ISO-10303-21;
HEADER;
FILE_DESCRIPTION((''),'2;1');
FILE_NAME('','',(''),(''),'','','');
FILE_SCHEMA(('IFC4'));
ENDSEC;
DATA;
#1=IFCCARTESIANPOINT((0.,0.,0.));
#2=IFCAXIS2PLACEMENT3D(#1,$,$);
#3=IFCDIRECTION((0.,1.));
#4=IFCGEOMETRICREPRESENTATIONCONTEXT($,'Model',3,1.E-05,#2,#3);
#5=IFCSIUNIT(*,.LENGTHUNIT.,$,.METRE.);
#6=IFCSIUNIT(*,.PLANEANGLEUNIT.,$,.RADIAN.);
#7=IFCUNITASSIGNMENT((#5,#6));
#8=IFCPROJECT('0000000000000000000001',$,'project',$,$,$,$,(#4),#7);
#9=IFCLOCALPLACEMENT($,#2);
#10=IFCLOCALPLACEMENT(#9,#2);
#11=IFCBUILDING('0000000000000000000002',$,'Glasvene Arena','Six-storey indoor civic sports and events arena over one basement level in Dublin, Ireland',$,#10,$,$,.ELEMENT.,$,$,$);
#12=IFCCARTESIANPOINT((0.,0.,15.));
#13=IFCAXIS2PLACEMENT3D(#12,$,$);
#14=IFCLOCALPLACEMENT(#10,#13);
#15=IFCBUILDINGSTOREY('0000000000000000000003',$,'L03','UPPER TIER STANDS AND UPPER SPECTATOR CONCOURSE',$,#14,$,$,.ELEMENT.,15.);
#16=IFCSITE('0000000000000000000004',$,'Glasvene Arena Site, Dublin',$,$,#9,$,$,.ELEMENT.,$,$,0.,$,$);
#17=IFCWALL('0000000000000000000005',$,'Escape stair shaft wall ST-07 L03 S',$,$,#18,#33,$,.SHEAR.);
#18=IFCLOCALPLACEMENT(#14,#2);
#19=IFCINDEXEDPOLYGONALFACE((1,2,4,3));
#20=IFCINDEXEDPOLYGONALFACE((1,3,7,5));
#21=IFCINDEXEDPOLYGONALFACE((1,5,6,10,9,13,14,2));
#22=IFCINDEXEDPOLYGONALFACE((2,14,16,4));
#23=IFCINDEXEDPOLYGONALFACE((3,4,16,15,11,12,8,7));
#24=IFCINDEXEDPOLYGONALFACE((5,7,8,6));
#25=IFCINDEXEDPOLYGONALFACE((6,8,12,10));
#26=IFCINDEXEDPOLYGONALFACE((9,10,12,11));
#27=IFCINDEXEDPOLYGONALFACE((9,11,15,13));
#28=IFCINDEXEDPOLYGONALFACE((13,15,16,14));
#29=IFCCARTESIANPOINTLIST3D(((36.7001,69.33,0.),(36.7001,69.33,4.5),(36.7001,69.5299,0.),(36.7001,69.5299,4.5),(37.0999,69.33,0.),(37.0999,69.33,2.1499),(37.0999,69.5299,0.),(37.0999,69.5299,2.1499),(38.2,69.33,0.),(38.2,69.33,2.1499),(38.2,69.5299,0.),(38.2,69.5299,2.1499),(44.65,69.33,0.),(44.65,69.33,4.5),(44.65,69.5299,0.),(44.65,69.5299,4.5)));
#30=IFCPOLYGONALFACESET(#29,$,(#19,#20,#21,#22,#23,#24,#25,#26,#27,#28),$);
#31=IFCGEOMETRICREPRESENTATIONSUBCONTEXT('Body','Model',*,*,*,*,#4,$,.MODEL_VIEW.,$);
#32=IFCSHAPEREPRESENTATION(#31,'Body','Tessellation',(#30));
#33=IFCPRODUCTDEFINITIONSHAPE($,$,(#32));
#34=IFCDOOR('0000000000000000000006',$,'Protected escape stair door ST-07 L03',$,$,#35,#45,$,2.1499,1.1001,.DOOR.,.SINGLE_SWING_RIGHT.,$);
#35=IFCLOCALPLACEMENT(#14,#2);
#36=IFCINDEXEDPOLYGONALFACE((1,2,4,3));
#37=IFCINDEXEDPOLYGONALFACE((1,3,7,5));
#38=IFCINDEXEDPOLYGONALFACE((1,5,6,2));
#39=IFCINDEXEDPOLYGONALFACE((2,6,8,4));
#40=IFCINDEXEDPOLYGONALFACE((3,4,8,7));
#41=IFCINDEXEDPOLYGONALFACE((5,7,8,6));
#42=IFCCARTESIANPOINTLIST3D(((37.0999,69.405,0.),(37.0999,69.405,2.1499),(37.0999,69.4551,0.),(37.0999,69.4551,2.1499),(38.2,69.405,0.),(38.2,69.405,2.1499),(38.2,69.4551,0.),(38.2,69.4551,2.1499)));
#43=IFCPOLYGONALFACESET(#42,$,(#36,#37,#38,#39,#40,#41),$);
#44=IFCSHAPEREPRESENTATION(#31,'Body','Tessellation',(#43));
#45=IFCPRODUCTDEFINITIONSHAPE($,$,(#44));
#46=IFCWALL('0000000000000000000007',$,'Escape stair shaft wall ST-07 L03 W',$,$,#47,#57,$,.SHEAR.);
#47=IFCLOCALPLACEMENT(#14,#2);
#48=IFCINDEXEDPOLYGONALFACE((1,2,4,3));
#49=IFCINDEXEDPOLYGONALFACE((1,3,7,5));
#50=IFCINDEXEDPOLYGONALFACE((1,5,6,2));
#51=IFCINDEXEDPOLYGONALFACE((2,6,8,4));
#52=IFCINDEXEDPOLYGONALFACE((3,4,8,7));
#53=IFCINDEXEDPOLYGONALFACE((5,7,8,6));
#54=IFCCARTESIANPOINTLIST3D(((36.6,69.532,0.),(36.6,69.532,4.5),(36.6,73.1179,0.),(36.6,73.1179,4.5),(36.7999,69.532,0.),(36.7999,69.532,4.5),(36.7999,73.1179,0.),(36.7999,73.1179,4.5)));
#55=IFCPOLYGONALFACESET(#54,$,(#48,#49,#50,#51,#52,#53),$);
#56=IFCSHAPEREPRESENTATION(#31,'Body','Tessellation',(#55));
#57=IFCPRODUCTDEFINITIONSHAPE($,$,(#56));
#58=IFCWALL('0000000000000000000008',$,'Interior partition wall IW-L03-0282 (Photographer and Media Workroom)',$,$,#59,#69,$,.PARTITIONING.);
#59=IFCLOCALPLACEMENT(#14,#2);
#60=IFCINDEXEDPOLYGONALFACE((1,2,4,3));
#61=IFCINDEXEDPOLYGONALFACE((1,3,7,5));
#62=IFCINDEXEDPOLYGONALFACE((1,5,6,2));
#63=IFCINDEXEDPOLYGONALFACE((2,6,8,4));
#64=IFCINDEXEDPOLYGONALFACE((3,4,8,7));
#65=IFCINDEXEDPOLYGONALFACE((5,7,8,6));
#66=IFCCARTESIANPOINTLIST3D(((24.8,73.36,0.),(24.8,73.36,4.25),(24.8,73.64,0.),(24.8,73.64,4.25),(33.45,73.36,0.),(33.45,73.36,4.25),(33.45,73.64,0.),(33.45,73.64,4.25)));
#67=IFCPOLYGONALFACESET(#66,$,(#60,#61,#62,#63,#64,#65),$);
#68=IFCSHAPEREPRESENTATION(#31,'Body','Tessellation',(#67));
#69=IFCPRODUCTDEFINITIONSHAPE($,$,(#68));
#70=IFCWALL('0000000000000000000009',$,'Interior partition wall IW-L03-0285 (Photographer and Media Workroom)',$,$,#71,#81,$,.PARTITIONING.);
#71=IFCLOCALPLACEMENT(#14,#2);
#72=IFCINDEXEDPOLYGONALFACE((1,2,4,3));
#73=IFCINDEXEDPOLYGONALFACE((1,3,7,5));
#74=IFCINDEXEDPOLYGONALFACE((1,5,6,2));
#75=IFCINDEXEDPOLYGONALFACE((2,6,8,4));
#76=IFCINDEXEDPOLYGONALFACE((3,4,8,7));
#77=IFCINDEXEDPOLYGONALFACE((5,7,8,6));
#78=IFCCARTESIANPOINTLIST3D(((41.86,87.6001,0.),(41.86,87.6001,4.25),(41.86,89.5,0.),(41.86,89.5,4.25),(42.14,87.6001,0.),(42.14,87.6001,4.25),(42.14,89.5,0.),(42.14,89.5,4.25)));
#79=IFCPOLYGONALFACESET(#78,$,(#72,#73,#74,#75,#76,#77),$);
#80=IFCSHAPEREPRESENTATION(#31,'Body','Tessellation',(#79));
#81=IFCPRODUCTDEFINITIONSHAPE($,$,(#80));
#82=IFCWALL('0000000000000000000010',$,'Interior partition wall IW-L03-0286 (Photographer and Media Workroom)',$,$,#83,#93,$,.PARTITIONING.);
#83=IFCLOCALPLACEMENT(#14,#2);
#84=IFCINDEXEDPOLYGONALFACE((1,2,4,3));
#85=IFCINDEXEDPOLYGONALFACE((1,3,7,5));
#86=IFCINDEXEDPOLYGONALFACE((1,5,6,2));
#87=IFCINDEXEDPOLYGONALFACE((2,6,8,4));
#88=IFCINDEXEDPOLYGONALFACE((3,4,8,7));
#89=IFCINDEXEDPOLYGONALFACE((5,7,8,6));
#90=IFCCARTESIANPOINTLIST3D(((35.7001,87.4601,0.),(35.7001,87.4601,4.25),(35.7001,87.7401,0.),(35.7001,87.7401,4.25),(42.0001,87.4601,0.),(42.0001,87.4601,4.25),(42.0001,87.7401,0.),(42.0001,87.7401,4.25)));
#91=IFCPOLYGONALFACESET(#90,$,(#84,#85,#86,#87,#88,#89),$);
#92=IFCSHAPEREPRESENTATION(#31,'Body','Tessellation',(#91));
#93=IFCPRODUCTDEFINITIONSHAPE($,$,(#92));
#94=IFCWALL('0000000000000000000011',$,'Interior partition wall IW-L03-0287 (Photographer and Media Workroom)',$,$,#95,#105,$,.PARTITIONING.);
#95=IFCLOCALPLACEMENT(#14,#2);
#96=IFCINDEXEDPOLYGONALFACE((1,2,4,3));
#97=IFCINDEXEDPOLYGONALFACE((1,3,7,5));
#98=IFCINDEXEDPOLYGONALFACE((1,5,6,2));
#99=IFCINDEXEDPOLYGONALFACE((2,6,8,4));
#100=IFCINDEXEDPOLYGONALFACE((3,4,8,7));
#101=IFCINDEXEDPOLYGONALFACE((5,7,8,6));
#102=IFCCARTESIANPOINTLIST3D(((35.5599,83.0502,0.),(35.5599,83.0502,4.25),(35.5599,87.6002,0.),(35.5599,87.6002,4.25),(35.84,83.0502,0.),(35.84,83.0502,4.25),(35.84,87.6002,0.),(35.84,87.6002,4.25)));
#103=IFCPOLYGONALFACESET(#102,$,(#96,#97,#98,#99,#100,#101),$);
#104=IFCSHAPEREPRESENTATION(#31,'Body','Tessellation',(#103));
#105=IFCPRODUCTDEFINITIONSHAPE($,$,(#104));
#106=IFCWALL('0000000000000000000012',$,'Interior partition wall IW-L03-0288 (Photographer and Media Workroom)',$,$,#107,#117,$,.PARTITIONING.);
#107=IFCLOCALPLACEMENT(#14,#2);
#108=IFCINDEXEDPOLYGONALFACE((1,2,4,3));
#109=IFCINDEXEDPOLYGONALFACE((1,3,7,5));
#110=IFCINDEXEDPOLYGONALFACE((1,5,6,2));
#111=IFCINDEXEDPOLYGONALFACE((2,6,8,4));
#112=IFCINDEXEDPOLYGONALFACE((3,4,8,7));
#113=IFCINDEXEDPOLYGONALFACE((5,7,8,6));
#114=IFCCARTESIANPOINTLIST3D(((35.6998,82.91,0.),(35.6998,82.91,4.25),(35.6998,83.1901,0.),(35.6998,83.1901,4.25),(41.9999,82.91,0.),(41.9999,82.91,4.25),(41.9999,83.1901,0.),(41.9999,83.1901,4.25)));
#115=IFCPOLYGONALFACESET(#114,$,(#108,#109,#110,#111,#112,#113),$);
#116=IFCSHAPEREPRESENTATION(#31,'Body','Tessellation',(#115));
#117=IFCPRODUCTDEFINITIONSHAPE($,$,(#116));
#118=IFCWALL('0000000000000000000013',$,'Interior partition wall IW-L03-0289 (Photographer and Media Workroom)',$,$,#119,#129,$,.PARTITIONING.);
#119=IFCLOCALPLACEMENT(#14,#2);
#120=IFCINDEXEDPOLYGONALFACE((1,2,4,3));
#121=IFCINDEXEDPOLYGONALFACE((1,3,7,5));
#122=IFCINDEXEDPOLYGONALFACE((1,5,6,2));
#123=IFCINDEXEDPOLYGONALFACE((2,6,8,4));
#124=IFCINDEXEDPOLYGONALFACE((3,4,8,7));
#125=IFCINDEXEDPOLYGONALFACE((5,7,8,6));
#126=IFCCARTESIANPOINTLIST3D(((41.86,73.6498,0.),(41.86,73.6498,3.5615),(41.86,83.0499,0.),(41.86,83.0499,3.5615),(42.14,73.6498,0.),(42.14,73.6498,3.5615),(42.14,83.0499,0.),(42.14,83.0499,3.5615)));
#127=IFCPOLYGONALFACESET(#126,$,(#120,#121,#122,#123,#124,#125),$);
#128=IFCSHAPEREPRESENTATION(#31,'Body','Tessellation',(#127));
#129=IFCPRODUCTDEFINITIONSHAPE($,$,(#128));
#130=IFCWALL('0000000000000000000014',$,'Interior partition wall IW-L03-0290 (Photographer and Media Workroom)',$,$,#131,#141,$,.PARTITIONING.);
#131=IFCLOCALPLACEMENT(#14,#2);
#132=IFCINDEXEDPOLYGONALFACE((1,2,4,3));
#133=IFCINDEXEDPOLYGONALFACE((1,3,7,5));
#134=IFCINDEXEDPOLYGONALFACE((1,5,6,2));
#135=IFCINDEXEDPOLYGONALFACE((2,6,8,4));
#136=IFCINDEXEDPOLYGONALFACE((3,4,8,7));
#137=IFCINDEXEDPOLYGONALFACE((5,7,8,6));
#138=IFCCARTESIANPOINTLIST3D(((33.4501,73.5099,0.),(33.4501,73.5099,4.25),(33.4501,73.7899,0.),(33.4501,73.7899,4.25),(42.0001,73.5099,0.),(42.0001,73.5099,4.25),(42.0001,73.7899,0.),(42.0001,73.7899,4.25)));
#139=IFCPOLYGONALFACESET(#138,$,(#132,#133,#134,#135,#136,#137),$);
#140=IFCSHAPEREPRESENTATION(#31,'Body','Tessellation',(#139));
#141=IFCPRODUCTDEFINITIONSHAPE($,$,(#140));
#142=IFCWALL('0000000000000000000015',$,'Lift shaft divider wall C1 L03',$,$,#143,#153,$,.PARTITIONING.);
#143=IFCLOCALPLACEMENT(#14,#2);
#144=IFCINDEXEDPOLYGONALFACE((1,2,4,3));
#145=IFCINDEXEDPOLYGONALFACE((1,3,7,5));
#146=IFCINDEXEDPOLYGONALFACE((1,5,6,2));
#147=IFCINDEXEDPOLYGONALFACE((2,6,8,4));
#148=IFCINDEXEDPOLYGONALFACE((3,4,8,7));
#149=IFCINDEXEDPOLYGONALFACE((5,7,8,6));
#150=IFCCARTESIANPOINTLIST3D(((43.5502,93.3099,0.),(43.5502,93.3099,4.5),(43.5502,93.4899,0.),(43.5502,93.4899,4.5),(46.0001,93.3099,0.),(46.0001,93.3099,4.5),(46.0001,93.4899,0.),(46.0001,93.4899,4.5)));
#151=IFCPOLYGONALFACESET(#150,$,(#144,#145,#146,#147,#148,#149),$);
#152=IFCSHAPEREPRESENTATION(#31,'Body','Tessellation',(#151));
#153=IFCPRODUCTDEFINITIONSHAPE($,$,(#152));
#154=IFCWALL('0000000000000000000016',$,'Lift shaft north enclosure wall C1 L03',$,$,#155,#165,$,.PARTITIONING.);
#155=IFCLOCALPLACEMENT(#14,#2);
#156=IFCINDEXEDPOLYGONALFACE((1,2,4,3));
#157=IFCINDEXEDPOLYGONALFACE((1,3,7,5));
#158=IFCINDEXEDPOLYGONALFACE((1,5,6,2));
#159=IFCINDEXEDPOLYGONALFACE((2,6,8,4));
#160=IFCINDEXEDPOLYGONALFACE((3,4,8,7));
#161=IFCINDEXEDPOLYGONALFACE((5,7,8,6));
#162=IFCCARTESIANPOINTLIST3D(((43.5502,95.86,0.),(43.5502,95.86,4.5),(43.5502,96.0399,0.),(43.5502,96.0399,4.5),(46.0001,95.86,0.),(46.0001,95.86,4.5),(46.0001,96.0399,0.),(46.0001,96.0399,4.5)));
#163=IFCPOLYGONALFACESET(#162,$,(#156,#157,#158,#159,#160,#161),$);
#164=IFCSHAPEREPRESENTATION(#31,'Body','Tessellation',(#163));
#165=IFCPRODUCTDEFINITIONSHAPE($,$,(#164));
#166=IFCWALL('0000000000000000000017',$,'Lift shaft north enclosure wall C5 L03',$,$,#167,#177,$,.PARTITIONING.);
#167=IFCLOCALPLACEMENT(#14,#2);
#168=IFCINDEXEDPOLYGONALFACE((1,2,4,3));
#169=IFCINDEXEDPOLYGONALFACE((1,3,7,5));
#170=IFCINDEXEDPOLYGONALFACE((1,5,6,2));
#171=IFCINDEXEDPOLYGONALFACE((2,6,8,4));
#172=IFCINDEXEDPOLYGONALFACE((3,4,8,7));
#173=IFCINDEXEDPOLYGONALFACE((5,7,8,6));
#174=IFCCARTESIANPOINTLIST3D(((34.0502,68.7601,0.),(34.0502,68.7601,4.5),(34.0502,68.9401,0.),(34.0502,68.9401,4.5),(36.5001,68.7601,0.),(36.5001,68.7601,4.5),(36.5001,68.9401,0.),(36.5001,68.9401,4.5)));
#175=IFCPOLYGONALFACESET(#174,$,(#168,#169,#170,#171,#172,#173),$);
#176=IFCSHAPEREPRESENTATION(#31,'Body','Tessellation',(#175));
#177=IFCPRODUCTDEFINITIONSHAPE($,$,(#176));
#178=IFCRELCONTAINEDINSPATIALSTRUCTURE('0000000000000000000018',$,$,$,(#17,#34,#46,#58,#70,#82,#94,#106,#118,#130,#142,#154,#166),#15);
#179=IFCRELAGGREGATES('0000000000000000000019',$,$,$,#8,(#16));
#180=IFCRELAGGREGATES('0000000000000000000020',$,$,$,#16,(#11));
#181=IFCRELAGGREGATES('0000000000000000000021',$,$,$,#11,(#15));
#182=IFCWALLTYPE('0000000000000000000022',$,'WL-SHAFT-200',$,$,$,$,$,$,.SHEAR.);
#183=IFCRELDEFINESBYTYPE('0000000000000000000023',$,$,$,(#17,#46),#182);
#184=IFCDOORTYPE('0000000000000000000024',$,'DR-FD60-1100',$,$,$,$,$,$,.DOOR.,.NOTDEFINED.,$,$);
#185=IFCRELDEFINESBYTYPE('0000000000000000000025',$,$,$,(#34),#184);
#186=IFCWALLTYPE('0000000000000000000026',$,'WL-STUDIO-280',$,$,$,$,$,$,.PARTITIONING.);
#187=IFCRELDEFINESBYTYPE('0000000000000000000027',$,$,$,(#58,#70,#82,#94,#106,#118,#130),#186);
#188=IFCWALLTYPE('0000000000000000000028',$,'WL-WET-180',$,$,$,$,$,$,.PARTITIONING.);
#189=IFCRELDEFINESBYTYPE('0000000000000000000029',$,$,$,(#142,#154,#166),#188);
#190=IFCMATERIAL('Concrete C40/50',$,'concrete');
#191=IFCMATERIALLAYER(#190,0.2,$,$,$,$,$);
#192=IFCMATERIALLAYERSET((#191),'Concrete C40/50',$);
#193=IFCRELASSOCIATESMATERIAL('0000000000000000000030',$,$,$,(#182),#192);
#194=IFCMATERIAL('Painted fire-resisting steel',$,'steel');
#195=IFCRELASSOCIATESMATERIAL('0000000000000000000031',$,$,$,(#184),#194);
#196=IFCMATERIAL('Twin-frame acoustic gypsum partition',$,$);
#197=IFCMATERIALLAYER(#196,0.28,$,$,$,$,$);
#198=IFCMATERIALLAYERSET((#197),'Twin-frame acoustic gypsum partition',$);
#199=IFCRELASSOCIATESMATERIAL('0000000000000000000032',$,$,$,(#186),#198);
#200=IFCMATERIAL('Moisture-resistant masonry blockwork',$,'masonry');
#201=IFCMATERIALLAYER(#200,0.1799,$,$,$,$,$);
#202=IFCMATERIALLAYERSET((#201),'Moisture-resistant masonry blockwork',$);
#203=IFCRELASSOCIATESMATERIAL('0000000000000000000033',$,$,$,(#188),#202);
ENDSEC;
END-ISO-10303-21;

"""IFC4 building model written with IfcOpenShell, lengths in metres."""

from ifc_helpers import new_model, si_unit, direction, frame, frame_2d, origin, place, context, subcontext, project, spatial, rectangle, extrude, material, layer, layer_set, type_object, element, fill, save


model = new_model("IFC4")

# Units and contexts
model_context = context("Model", 3, precision=1e-05, world=origin(), true_north=direction((0.0, 1.0)))
body_context = subcontext(model_context, "Body", "Model", "MODEL_VIEW")
ifc_project = project(units=[si_unit("LENGTHUNIT", "METRE"), si_unit("PLANEANGLEUNIT", "RADIAN")], contexts=[model_context])

# Site, building, storey
site_placement = place(None, origin())
site = spatial("IfcSite", under=ifc_project, at=site_placement, Name="Glasvene Arena Site, Dublin", CompositionType="ELEMENT", RefElevation=0.0)
building_placement = place(site_placement, origin())
building = spatial("IfcBuilding", under=site, at=building_placement, Name="Glasvene Arena", Description="Six-storey indoor civic sports and events arena over one basement level in Dublin, Ireland", CompositionType="ELEMENT")
storey_placement = place(building_placement, frame((0.0, 0.0, 15.0)))
storey = spatial("IfcBuildingStorey", under=building, at=storey_placement, Name="L03", Description="UPPER TIER STANDS AND UPPER SPECTATOR CONCOURSE", CompositionType="ELEMENT", Elevation=15.0)

# Shared definitions
ifc_material_1 = material(Name="Concrete C40/50", Category="concrete")

# Shared definitions
ifc_material_2 = material(Name="Painted fire-resisting steel", Category="steel")

# Wall, opening, door
ifc_layer_1 = layer(ifc_material_1, 0.2)
ifc_layer_set_1 = layer_set([ifc_layer_1], Name="Concrete C40/50")
wall_type_1 = type_object("IfcWallType", Name="WL-SHAFT-200", PredefinedType="SHEAR", material=ifc_layer_set_1)
wall_1_placement = place(storey_placement, frame((36.7, 69.4299, 0.0), z_axis=(0.0, 0.0, 1.0), x_axis=(1.0, 0.0, 0.0)))
wall_1 = element("IfcWall", 1, at=wall_1_placement, inside=storey, type_object=wall_type_1, Name="Escape stair shaft wall ST-07 L03 S", PredefinedType="SHEAR", context=body_context, shape_type="SweptSolid", body=[
    extrude(rectangle(XDim=7.95, YDim=0.2, at=frame_2d((3.9751, 0.0))), origin(), (0.0, 0.0, 1.0), 4.5),
])
opening_1_placement = place(wall_1_placement, frame((0.3999, 0.0, 0.0)))
opening_1 = element("IfcOpeningElement", 2, at=opening_1_placement, cuts=wall_1, PredefinedType="OPENING", context=body_context, shape_type="SweptSolid", body=[
    extrude(rectangle(XDim=1.1001, YDim=2.1499, at=frame_2d((0.55, 1.075))), frame((0.0, 0.1099, 0.0), z_axis=(0.0, -1.0, 0.0), x_axis=(1.0, 0.0, 0.0)), (0.0, 0.0, 1.0), 0.22),
])
door_type_1 = type_object("IfcDoorType", Name="DR-FD60-1100", OperationType="NOTDEFINED", PredefinedType="DOOR", material=ifc_material_2)
door_1_placement = place(opening_1_placement, frame((1.1001, 0.0, 0.0), z_axis=(0.0, 0.0, 1.0), x_axis=(-1.0, 0.0, 0.0)))
door_1 = element("IfcDoor", 3, at=door_1_placement, inside=storey, type_object=door_type_1, Name="Protected escape stair door ST-07 L03", OperationType="SINGLE_SWING_RIGHT", OverallHeight=2.1499, OverallWidth=1.1001, PredefinedType="DOOR", context=body_context, shape_type="SweptSolid", body=[
    extrude(rectangle(XDim=1.1001, YDim=2.1499, at=frame_2d((0.55, 1.075))), frame((0.0, 0.0249, 0.0), z_axis=(0.0, -1.0, 0.0), x_axis=(1.0, 0.0, 0.0)), (0.0, 0.0, 1.0), 0.05),
])
fill(opening_1, door_1)

# Walls
wall_2_placement = place(storey_placement, frame((36.7, 69.532, 0.0), z_axis=(0.0, 0.0, 1.0), x_axis=(0.0, 1.0, 0.0)))
element("IfcWall", 4, at=wall_2_placement, inside=storey, type_object=wall_type_1, Name="Escape stair shaft wall ST-07 L03 W", PredefinedType="SHEAR", context=body_context, shape_type="SweptSolid", body=[
    extrude(rectangle(XDim=3.5859, YDim=0.2, at=frame_2d((1.793, 0.0))), origin(), (0.0, 0.0, 1.0), 4.5),
])
ifc_material_3 = material(Name="Twin-frame acoustic gypsum partition")
ifc_layer_2 = layer(ifc_material_3, 0.28)
ifc_layer_set_2 = layer_set([ifc_layer_2], Name="Twin-frame acoustic gypsum partition")
wall_type_2 = type_object("IfcWallType", Name="WL-STUDIO-280", PredefinedType="PARTITIONING", material=ifc_layer_set_2)
wall_3_placement = place(storey_placement, frame((33.45, 73.5, 0.0), z_axis=(0.0, 0.0, 1.0), x_axis=(-1.0, 0.0, 0.0)))
element("IfcWall", 5, at=wall_3_placement, inside=storey, type_object=wall_type_2, Name="Interior partition wall IW-L03-0282 (Photographer and Media Workroom)", PredefinedType="PARTITIONING", context=body_context, shape_type="SweptSolid", body=[
    extrude(rectangle(XDim=8.6499, YDim=0.28, at=frame_2d((4.325, 0.0))), origin(), (0.0, 0.0, 1.0), 4.25),
])
wall_4_placement = place(storey_placement, frame((42.0, 89.5, 0.0), z_axis=(0.0, 0.0, 1.0), x_axis=(0.0, -1.0, 0.0)))
element("IfcWall", 6, at=wall_4_placement, inside=storey, type_object=wall_type_2, Name="Interior partition wall IW-L03-0285 (Photographer and Media Workroom)", PredefinedType="PARTITIONING", context=body_context, shape_type="SweptSolid", body=[
    extrude(rectangle(XDim=1.8999, YDim=0.28, at=frame_2d((0.95, 0.0))), origin(), (0.0, 0.0, 1.0), 4.25),
])
wall_5_placement = place(storey_placement, frame((42.0, 87.6001, 0.0), z_axis=(0.0, 0.0, 1.0), x_axis=(-1.0, 0.0, 0.0)))
element("IfcWall", 7, at=wall_5_placement, inside=storey, type_object=wall_type_2, Name="Interior partition wall IW-L03-0286 (Photographer and Media Workroom)", PredefinedType="PARTITIONING", context=body_context, shape_type="SweptSolid", body=[
    extrude(rectangle(XDim=6.3, YDim=0.28, at=frame_2d((3.1499, 0.0))), origin(), (0.0, 0.0, 1.0), 4.25),
])
wall_6_placement = place(storey_placement, frame((35.7, 87.6001, 0.0), z_axis=(0.0, 0.0, 1.0), x_axis=(0.0, -1.0, 0.0)))
element("IfcWall", 8, at=wall_6_placement, inside=storey, type_object=wall_type_2, Name="Interior partition wall IW-L03-0287 (Photographer and Media Workroom)", PredefinedType="PARTITIONING", context=body_context, shape_type="SweptSolid", body=[
    extrude(rectangle(XDim=4.55, YDim=0.28, at=frame_2d((2.2749, 0.0))), origin(), (0.0, 0.0, 1.0), 4.25),
])
wall_7_placement = place(storey_placement, frame((35.7, 83.05, 0.0), z_axis=(0.0, 0.0, 1.0), x_axis=(1.0, 0.0, 0.0)))
element("IfcWall", 9, at=wall_7_placement, inside=storey, type_object=wall_type_2, Name="Interior partition wall IW-L03-0288 (Photographer and Media Workroom)", PredefinedType="PARTITIONING", context=body_context, shape_type="SweptSolid", body=[
    extrude(rectangle(XDim=6.3, YDim=0.28, at=frame_2d((3.1499, 0.0))), origin(), (0.0, 0.0, 1.0), 4.25),
])
wall_8_placement = place(storey_placement, frame((42.0, 83.05, 0.0), z_axis=(0.0, 0.0, 1.0), x_axis=(0.0, -1.0, 0.0)))
element("IfcWall", 10, at=wall_8_placement, inside=storey, type_object=wall_type_2, Name="Interior partition wall IW-L03-0289 (Photographer and Media Workroom)", PredefinedType="PARTITIONING", context=body_context, shape_type="SweptSolid", body=[
    extrude(rectangle(XDim=9.4001, YDim=0.28, at=frame_2d((4.7002, 0.0))), origin(), (0.0, 0.0, 1.0), 3.5615),
])
wall_9_placement = place(storey_placement, frame((42.0, 73.6499, 0.0), z_axis=(0.0, 0.0, 1.0), x_axis=(-1.0, 0.0, 0.0)))
element("IfcWall", 11, at=wall_9_placement, inside=storey, type_object=wall_type_2, Name="Interior partition wall IW-L03-0290 (Photographer and Media Workroom)", PredefinedType="PARTITIONING", context=body_context, shape_type="SweptSolid", body=[
    extrude(rectangle(XDim=8.55, YDim=0.28, at=frame_2d((4.2749, 0.0))), origin(), (0.0, 0.0, 1.0), 4.25),
])
ifc_material_4 = material(Name="Moisture-resistant masonry blockwork", Category="masonry")
ifc_layer_3 = layer(ifc_material_4, 0.1799)
ifc_layer_set_3 = layer_set([ifc_layer_3], Name="Moisture-resistant masonry blockwork")
wall_type_3 = type_object("IfcWallType", Name="WL-WET-180", PredefinedType="PARTITIONING", material=ifc_layer_set_3)
for number, where, z_axis, x_axis, name in (
    (12, (43.55, 93.3999, 0.0), (0.0, 0.0, 1.0), (1.0, 0.0, 0.0), "Lift shaft divider wall C1 L03"),
    (13, (43.55, 95.95, 0.0), (0.0, 0.0, 1.0), (1.0, 0.0, 0.0), "Lift shaft north enclosure wall C1 L03"),
    (14, (34.05, 68.8501, 0.0), (0.0, 0.0, 1.0), (1.0, 0.0, 0.0), "Lift shaft north enclosure wall C5 L03"),
):
    element("IfcWall", number, at=place(storey_placement, frame(where, z_axis=z_axis, x_axis=x_axis)), inside=storey, type_object=wall_type_3, Name=name, PredefinedType="PARTITIONING", context=body_context, shape_type="SweptSolid", body=[
        extrude(rectangle(XDim=2.45, YDim=0.1799, at=frame_2d((1.2251, 0.0))), origin(), (0.0, 0.0, 1.0), 4.5),
    ])

save(model, "model.ifc")
